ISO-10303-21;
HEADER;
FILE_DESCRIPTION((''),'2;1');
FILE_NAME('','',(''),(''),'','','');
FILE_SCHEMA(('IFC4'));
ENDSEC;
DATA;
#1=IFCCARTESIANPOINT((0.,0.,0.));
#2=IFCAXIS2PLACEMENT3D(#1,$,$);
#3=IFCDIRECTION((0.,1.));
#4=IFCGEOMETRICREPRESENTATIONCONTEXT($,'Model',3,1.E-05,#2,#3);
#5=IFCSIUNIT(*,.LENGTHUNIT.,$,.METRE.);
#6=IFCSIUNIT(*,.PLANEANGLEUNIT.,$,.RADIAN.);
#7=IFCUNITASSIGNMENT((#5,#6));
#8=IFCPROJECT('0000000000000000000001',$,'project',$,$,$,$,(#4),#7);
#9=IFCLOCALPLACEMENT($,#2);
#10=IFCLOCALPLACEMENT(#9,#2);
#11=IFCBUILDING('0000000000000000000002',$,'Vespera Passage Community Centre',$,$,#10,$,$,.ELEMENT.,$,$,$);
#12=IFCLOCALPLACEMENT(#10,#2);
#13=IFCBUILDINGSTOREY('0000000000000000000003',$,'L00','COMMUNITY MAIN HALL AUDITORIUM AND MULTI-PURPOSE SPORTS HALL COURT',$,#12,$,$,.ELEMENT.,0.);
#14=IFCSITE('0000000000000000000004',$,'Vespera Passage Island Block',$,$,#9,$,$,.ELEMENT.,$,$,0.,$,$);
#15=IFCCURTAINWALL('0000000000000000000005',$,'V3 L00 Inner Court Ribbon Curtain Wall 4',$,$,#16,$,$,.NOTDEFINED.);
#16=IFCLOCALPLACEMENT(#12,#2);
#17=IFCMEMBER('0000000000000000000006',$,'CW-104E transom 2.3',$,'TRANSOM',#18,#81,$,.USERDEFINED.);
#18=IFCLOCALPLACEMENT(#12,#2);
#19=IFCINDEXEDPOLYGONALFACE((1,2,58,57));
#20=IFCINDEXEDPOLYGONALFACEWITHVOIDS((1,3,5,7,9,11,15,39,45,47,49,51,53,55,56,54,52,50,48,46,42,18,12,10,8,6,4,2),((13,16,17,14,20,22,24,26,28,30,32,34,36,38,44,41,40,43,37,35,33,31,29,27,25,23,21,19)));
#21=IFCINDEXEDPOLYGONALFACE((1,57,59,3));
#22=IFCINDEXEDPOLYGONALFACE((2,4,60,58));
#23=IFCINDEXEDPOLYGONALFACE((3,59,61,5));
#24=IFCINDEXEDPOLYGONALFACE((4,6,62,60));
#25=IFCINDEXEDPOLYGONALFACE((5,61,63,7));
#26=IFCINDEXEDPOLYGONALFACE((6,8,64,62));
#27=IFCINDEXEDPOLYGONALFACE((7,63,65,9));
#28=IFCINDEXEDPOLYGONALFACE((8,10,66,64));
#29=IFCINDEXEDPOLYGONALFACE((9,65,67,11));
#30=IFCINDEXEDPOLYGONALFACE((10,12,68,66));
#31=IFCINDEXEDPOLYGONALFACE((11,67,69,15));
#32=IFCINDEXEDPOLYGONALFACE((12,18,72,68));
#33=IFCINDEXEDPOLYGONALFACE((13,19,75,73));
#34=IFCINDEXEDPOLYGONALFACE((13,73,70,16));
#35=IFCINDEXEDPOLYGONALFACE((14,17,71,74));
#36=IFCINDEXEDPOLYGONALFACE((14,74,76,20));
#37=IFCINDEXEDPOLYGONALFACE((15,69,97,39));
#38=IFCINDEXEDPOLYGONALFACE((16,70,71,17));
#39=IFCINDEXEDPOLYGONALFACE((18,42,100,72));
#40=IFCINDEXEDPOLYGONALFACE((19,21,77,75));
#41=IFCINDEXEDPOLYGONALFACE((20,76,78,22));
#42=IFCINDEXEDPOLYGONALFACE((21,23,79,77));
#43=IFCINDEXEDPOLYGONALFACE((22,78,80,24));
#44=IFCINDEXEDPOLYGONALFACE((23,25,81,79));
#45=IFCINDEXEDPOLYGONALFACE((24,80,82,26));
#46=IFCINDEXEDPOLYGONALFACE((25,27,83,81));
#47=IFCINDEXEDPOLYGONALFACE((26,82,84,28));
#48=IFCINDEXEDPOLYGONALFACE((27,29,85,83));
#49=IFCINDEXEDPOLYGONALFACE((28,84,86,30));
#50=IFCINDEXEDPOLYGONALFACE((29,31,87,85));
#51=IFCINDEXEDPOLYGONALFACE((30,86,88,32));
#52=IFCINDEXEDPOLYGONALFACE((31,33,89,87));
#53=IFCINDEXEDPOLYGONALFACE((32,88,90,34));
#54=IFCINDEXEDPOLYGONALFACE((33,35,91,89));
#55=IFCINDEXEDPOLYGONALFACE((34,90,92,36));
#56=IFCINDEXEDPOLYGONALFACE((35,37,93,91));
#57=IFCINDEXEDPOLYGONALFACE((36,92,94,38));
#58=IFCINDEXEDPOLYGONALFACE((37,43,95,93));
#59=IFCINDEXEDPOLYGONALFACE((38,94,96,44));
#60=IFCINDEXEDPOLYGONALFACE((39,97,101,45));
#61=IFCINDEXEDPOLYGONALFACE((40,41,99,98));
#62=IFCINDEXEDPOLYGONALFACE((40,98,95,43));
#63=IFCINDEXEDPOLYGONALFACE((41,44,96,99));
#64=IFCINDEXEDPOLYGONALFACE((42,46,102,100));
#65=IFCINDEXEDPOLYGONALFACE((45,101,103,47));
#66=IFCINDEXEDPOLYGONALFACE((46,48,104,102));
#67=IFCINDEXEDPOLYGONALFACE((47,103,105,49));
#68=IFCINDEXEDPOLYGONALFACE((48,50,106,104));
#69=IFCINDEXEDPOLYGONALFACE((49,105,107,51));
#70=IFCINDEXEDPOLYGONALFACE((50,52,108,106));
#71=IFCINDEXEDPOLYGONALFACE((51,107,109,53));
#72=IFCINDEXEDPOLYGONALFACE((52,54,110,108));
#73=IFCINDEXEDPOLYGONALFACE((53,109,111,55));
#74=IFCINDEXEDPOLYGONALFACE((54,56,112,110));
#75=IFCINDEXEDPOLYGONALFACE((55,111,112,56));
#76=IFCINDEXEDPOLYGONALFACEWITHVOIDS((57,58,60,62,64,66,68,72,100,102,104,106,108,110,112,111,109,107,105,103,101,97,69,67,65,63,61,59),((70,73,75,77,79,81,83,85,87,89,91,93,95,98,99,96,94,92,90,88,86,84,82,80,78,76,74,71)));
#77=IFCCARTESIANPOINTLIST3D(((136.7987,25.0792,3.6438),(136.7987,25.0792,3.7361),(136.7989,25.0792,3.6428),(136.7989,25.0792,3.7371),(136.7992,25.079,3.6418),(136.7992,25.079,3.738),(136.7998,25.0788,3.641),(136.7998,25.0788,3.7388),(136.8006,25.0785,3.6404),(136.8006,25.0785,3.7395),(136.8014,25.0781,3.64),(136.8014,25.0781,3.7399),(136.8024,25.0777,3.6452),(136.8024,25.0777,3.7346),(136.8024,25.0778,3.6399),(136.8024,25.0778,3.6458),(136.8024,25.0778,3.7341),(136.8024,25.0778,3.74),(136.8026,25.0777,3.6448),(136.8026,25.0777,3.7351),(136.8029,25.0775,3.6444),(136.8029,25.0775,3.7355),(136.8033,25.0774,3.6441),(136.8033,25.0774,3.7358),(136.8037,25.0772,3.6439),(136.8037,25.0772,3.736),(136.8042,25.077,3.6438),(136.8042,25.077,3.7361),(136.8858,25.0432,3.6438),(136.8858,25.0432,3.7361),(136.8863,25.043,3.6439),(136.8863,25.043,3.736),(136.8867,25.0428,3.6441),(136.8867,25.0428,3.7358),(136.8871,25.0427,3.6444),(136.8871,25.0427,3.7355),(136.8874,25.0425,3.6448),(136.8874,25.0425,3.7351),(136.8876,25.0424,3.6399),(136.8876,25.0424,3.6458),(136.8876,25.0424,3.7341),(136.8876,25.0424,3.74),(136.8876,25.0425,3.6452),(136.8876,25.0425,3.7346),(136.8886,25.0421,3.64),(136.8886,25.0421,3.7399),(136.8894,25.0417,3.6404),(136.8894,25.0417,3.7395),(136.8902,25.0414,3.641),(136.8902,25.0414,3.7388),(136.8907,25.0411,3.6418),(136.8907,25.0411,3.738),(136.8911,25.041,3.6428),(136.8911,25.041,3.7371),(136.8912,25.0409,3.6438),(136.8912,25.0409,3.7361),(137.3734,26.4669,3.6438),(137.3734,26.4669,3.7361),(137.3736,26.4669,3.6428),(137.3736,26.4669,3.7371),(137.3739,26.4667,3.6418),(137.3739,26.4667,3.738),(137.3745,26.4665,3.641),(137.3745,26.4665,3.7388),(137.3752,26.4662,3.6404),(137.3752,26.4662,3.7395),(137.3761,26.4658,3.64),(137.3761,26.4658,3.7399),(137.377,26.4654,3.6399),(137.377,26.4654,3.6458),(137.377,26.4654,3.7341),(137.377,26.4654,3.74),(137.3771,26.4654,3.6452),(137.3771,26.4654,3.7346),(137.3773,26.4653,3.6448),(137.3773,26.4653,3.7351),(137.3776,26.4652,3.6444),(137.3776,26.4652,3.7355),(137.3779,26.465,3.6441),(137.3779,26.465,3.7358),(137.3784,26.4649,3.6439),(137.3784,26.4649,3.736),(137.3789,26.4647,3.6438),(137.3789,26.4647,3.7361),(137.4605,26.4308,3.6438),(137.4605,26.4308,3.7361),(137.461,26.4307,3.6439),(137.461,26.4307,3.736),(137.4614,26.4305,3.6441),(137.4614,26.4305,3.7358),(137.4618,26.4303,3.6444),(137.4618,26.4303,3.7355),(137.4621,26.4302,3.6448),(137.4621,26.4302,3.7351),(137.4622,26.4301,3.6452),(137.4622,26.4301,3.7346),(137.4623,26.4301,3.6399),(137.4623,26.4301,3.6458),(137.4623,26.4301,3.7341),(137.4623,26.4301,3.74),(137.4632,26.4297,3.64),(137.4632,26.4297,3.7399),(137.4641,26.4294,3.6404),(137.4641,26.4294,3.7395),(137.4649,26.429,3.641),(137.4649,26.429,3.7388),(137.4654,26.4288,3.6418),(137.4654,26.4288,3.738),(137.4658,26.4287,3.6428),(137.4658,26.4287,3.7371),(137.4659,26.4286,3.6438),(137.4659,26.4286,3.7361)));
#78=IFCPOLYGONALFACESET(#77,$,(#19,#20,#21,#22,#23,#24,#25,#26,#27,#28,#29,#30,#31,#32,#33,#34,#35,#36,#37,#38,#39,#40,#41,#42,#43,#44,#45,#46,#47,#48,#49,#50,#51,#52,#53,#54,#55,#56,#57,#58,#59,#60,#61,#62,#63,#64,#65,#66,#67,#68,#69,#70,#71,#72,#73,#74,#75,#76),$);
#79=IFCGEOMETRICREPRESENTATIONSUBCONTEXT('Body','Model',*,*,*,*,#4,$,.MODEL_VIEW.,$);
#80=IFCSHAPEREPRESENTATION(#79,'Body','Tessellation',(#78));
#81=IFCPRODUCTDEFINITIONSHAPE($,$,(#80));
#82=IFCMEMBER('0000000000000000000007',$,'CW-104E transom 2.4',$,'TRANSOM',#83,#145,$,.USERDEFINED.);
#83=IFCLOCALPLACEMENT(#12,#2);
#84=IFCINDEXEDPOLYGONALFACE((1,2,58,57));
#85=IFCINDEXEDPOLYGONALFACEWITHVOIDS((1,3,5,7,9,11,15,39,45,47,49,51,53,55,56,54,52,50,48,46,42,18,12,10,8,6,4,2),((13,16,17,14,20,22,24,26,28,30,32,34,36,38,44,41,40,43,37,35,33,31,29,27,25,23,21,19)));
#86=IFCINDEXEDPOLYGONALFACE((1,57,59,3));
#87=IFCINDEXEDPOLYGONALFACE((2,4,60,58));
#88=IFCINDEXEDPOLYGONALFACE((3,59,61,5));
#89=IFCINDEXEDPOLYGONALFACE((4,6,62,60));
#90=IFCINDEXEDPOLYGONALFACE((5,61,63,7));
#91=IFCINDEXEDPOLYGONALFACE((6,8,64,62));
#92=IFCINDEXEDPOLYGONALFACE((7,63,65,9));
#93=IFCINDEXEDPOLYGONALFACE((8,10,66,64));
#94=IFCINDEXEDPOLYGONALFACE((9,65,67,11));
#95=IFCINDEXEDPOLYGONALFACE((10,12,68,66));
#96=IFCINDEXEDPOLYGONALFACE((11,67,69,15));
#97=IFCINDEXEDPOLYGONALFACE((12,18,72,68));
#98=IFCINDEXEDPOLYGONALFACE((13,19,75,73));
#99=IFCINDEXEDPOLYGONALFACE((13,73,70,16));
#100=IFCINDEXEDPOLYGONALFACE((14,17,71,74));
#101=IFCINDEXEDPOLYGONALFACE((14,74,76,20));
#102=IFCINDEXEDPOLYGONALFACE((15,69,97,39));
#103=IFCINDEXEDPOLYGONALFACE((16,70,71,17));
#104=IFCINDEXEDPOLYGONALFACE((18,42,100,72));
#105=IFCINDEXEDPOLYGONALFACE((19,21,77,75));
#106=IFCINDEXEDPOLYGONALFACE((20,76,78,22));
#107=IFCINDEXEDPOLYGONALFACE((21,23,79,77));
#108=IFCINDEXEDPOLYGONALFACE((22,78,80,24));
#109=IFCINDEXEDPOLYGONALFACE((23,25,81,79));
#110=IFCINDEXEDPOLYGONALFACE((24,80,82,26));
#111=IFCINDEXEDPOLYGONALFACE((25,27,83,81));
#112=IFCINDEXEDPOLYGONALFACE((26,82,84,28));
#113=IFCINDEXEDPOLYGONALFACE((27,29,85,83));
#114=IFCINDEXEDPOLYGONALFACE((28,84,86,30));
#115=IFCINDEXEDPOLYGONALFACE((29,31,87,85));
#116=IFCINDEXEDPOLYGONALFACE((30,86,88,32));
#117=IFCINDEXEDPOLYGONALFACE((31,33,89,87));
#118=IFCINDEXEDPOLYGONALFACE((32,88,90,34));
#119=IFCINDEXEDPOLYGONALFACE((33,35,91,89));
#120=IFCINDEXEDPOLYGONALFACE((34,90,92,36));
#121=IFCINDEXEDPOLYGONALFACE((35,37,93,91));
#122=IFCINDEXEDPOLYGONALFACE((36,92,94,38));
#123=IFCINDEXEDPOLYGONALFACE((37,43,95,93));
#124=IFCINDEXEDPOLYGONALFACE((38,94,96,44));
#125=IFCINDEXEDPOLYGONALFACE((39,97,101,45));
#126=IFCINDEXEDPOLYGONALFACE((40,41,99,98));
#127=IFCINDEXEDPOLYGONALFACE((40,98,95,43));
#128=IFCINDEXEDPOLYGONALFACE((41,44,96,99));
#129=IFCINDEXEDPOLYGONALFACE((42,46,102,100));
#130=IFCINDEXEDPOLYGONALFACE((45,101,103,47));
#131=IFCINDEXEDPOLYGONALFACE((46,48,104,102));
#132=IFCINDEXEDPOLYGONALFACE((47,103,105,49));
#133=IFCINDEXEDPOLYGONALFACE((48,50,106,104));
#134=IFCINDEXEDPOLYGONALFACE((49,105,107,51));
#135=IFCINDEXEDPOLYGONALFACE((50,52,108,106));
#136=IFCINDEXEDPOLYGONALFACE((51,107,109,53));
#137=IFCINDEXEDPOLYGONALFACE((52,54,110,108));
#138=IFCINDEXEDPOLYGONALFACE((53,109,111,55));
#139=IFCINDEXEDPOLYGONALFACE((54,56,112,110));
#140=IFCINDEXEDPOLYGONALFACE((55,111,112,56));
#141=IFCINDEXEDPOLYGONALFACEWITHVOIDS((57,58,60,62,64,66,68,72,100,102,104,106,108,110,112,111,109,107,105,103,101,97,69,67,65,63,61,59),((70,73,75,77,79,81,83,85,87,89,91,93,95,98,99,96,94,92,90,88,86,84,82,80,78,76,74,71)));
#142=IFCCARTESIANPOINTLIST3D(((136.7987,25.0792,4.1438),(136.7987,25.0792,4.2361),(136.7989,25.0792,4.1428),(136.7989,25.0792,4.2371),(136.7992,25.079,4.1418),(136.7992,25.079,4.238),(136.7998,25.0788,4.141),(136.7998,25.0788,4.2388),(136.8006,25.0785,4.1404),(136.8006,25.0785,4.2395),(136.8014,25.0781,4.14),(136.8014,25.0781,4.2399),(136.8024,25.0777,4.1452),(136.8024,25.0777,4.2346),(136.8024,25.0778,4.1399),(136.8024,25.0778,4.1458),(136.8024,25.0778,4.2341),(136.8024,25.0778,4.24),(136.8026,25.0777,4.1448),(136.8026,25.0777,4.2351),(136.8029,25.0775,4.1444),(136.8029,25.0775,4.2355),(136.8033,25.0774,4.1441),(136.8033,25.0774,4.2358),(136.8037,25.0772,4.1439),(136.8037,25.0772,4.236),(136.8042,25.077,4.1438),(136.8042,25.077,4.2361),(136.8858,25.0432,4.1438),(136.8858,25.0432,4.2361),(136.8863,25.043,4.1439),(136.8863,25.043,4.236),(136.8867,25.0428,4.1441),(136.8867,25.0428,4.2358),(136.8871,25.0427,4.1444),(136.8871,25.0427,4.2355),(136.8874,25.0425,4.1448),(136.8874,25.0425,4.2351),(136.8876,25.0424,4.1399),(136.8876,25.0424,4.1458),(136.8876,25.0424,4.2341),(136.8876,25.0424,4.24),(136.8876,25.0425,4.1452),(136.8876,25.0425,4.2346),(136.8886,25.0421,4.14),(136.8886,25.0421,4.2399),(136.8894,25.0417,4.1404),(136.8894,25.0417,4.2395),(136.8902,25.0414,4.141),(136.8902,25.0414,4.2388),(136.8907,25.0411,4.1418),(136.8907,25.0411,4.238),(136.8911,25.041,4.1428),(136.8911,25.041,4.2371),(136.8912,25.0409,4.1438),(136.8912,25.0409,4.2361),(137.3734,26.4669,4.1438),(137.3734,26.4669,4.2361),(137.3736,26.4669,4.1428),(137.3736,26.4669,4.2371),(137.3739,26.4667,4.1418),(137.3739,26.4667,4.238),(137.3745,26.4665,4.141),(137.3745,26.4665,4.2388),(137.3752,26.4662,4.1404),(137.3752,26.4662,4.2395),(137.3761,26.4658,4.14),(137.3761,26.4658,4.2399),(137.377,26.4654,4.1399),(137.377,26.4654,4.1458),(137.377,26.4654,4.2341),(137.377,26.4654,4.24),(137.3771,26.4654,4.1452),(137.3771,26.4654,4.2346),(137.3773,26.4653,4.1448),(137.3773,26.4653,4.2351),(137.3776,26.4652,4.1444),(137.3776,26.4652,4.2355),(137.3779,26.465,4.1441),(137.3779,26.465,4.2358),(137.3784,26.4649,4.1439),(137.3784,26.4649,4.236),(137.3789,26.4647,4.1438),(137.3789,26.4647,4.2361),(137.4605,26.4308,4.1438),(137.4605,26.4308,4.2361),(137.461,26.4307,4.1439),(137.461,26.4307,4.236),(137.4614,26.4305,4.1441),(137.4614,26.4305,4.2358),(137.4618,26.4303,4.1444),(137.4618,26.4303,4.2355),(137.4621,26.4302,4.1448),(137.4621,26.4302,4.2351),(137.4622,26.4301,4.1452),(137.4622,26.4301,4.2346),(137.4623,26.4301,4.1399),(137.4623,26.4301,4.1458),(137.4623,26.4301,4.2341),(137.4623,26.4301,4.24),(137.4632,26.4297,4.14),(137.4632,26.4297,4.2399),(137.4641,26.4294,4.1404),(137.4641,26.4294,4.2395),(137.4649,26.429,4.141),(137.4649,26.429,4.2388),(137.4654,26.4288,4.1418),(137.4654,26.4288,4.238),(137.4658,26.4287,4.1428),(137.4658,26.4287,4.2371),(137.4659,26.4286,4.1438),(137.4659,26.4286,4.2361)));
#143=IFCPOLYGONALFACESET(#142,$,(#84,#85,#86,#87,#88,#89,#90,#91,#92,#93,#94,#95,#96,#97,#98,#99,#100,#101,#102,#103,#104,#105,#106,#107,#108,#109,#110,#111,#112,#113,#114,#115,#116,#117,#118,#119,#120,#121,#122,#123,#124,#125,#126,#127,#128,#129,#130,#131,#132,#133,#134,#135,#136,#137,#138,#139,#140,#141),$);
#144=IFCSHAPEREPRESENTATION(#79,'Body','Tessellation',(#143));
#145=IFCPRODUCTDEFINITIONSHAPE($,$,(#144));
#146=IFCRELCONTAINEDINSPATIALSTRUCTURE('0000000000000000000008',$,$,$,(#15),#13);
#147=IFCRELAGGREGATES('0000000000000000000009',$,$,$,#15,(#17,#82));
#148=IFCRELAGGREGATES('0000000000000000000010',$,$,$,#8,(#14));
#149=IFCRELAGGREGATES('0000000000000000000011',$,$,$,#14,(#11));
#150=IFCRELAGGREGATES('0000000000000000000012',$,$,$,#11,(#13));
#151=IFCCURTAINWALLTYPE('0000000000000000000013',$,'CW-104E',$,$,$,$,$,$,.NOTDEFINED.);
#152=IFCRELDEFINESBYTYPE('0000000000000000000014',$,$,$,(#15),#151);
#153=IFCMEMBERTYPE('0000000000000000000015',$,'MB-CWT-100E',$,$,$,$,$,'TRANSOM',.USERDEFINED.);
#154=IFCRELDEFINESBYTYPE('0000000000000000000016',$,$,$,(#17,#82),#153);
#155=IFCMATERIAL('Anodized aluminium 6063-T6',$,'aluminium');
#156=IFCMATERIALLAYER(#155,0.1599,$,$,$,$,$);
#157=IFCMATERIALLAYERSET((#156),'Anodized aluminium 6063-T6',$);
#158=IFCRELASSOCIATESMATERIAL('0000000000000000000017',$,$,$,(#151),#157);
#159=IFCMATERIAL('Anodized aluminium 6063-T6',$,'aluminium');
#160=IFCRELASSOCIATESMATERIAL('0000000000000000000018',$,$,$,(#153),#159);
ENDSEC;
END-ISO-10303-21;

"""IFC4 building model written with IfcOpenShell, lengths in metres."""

from ifc_helpers import new_model, si_unit, direction, frame, origin, origin_2d, place, context, subcontext, project, spatial, hollow_rectangle, extrude, material, layer, layer_set, material_profile, profile_set, type_object, element, aggregate, save


model = new_model("IFC4")

# Units and contexts
model_context = context("Model", 3, precision=1e-05, world=origin(), true_north=direction((0.0, 1.0)))
body_context = subcontext(model_context, "Body", "Model", "MODEL_VIEW")
ifc_project = project(units=[si_unit("LENGTHUNIT", "METRE"), si_unit("PLANEANGLEUNIT", "RADIAN")], contexts=[model_context])

# Site, building, storey
site_placement = place(None, origin())
site = spatial("IfcSite", under=ifc_project, at=site_placement, Name="Vespera Passage Island Block", CompositionType="ELEMENT", RefElevation=0.0)
building_placement = place(site_placement, origin())
building = spatial("IfcBuilding", under=site, at=building_placement, Name="Vespera Passage Community Centre", CompositionType="ELEMENT")
storey_placement = place(building_placement, origin())
storey = spatial("IfcBuildingStorey", under=building, at=storey_placement, Name="L00", Description="COMMUNITY MAIN HALL AUDITORIUM AND MULTI-PURPOSE SPORTS HALL COURT", CompositionType="ELEMENT", Elevation=0.0)

# Curtain wall
ifc_material_1 = material(Name="Anodized aluminium 6063-T6", Category="aluminium")
ifc_layer_1 = layer(ifc_material_1, 0.1599)
ifc_layer_set_1 = layer_set([ifc_layer_1], Name="Anodized aluminium 6063-T6")
curtain_wall_type = type_object("IfcCurtainWallType", Name="CW-104E", PredefinedType="NOTDEFINED", material=ifc_layer_set_1)
curtain_wall_1_placement = place(storey_placement, origin())
curtain_wall_1 = element("IfcCurtainWall", 1, at=curtain_wall_1_placement, inside=storey, type_object=curtain_wall_type, Name="V3 L00 Inner Court Ribbon Curtain Wall 4", PredefinedType="NOTDEFINED")

# Members
ifc_material_2 = material(Name="Anodized aluminium 6063-T6", Category="aluminium")
ifc_material_profile_1 = material_profile(ifc_material_2, hollow_rectangle(XDim=0.1001, YDim=0.1001, WallThickness=0.0039, InnerFilletRadius=0.002, OuterFilletRadius=0.0039, at=origin_2d()), Name="ALU100X100X4")
ifc_profile_set_1 = profile_set([ifc_material_profile_1], Name="Anodized aluminium 6063-T6")
member_type_1 = type_object("IfcMemberType", Name="MB-CWT-100E", ElementType="TRANSOM", PredefinedType="USERDEFINED", material=ifc_profile_set_1)
member_1_placement = place(storey_placement, frame((137.4197, 26.4478, 3.6899), z_axis=(-0.382629, -0.923902, 0.0), x_axis=(0.923902, -0.382629, 0.0)))
member_1 = element("IfcMember", 2, at=member_1_placement, type_object=member_type_1, Name="CW-104E transom 2.3", ObjectType="TRANSOM", PredefinedType="USERDEFINED", context=body_context, shape_type="SweptSolid", body=[
    extrude(hollow_rectangle(XDim=0.1001, YDim=0.1001, WallThickness=0.0039, InnerFilletRadius=0.002, OuterFilletRadius=0.0039, at=origin_2d()), origin(), (0.0, 0.0, 1.0), 1.502),
])
member_2_placement = place(storey_placement, frame((137.4197, 26.4478, 4.1899), z_axis=(-0.382629, -0.923902, 0.0), x_axis=(0.923902, -0.382629, 0.0)))
member_2 = element("IfcMember", 3, at=member_2_placement, type_object=member_type_1, Name="CW-104E transom 2.4", ObjectType="TRANSOM", PredefinedType="USERDEFINED", context=body_context, shape_type="SweptSolid", body=[
    extrude(hollow_rectangle(XDim=0.1001, YDim=0.1001, WallThickness=0.0039, InnerFilletRadius=0.002, OuterFilletRadius=0.0039, at=origin_2d()), origin(), (0.0, 0.0, 1.0), 1.502),
])

aggregate(curtain_wall_1, [member_1, member_2])

save(model, "model.ifc")
